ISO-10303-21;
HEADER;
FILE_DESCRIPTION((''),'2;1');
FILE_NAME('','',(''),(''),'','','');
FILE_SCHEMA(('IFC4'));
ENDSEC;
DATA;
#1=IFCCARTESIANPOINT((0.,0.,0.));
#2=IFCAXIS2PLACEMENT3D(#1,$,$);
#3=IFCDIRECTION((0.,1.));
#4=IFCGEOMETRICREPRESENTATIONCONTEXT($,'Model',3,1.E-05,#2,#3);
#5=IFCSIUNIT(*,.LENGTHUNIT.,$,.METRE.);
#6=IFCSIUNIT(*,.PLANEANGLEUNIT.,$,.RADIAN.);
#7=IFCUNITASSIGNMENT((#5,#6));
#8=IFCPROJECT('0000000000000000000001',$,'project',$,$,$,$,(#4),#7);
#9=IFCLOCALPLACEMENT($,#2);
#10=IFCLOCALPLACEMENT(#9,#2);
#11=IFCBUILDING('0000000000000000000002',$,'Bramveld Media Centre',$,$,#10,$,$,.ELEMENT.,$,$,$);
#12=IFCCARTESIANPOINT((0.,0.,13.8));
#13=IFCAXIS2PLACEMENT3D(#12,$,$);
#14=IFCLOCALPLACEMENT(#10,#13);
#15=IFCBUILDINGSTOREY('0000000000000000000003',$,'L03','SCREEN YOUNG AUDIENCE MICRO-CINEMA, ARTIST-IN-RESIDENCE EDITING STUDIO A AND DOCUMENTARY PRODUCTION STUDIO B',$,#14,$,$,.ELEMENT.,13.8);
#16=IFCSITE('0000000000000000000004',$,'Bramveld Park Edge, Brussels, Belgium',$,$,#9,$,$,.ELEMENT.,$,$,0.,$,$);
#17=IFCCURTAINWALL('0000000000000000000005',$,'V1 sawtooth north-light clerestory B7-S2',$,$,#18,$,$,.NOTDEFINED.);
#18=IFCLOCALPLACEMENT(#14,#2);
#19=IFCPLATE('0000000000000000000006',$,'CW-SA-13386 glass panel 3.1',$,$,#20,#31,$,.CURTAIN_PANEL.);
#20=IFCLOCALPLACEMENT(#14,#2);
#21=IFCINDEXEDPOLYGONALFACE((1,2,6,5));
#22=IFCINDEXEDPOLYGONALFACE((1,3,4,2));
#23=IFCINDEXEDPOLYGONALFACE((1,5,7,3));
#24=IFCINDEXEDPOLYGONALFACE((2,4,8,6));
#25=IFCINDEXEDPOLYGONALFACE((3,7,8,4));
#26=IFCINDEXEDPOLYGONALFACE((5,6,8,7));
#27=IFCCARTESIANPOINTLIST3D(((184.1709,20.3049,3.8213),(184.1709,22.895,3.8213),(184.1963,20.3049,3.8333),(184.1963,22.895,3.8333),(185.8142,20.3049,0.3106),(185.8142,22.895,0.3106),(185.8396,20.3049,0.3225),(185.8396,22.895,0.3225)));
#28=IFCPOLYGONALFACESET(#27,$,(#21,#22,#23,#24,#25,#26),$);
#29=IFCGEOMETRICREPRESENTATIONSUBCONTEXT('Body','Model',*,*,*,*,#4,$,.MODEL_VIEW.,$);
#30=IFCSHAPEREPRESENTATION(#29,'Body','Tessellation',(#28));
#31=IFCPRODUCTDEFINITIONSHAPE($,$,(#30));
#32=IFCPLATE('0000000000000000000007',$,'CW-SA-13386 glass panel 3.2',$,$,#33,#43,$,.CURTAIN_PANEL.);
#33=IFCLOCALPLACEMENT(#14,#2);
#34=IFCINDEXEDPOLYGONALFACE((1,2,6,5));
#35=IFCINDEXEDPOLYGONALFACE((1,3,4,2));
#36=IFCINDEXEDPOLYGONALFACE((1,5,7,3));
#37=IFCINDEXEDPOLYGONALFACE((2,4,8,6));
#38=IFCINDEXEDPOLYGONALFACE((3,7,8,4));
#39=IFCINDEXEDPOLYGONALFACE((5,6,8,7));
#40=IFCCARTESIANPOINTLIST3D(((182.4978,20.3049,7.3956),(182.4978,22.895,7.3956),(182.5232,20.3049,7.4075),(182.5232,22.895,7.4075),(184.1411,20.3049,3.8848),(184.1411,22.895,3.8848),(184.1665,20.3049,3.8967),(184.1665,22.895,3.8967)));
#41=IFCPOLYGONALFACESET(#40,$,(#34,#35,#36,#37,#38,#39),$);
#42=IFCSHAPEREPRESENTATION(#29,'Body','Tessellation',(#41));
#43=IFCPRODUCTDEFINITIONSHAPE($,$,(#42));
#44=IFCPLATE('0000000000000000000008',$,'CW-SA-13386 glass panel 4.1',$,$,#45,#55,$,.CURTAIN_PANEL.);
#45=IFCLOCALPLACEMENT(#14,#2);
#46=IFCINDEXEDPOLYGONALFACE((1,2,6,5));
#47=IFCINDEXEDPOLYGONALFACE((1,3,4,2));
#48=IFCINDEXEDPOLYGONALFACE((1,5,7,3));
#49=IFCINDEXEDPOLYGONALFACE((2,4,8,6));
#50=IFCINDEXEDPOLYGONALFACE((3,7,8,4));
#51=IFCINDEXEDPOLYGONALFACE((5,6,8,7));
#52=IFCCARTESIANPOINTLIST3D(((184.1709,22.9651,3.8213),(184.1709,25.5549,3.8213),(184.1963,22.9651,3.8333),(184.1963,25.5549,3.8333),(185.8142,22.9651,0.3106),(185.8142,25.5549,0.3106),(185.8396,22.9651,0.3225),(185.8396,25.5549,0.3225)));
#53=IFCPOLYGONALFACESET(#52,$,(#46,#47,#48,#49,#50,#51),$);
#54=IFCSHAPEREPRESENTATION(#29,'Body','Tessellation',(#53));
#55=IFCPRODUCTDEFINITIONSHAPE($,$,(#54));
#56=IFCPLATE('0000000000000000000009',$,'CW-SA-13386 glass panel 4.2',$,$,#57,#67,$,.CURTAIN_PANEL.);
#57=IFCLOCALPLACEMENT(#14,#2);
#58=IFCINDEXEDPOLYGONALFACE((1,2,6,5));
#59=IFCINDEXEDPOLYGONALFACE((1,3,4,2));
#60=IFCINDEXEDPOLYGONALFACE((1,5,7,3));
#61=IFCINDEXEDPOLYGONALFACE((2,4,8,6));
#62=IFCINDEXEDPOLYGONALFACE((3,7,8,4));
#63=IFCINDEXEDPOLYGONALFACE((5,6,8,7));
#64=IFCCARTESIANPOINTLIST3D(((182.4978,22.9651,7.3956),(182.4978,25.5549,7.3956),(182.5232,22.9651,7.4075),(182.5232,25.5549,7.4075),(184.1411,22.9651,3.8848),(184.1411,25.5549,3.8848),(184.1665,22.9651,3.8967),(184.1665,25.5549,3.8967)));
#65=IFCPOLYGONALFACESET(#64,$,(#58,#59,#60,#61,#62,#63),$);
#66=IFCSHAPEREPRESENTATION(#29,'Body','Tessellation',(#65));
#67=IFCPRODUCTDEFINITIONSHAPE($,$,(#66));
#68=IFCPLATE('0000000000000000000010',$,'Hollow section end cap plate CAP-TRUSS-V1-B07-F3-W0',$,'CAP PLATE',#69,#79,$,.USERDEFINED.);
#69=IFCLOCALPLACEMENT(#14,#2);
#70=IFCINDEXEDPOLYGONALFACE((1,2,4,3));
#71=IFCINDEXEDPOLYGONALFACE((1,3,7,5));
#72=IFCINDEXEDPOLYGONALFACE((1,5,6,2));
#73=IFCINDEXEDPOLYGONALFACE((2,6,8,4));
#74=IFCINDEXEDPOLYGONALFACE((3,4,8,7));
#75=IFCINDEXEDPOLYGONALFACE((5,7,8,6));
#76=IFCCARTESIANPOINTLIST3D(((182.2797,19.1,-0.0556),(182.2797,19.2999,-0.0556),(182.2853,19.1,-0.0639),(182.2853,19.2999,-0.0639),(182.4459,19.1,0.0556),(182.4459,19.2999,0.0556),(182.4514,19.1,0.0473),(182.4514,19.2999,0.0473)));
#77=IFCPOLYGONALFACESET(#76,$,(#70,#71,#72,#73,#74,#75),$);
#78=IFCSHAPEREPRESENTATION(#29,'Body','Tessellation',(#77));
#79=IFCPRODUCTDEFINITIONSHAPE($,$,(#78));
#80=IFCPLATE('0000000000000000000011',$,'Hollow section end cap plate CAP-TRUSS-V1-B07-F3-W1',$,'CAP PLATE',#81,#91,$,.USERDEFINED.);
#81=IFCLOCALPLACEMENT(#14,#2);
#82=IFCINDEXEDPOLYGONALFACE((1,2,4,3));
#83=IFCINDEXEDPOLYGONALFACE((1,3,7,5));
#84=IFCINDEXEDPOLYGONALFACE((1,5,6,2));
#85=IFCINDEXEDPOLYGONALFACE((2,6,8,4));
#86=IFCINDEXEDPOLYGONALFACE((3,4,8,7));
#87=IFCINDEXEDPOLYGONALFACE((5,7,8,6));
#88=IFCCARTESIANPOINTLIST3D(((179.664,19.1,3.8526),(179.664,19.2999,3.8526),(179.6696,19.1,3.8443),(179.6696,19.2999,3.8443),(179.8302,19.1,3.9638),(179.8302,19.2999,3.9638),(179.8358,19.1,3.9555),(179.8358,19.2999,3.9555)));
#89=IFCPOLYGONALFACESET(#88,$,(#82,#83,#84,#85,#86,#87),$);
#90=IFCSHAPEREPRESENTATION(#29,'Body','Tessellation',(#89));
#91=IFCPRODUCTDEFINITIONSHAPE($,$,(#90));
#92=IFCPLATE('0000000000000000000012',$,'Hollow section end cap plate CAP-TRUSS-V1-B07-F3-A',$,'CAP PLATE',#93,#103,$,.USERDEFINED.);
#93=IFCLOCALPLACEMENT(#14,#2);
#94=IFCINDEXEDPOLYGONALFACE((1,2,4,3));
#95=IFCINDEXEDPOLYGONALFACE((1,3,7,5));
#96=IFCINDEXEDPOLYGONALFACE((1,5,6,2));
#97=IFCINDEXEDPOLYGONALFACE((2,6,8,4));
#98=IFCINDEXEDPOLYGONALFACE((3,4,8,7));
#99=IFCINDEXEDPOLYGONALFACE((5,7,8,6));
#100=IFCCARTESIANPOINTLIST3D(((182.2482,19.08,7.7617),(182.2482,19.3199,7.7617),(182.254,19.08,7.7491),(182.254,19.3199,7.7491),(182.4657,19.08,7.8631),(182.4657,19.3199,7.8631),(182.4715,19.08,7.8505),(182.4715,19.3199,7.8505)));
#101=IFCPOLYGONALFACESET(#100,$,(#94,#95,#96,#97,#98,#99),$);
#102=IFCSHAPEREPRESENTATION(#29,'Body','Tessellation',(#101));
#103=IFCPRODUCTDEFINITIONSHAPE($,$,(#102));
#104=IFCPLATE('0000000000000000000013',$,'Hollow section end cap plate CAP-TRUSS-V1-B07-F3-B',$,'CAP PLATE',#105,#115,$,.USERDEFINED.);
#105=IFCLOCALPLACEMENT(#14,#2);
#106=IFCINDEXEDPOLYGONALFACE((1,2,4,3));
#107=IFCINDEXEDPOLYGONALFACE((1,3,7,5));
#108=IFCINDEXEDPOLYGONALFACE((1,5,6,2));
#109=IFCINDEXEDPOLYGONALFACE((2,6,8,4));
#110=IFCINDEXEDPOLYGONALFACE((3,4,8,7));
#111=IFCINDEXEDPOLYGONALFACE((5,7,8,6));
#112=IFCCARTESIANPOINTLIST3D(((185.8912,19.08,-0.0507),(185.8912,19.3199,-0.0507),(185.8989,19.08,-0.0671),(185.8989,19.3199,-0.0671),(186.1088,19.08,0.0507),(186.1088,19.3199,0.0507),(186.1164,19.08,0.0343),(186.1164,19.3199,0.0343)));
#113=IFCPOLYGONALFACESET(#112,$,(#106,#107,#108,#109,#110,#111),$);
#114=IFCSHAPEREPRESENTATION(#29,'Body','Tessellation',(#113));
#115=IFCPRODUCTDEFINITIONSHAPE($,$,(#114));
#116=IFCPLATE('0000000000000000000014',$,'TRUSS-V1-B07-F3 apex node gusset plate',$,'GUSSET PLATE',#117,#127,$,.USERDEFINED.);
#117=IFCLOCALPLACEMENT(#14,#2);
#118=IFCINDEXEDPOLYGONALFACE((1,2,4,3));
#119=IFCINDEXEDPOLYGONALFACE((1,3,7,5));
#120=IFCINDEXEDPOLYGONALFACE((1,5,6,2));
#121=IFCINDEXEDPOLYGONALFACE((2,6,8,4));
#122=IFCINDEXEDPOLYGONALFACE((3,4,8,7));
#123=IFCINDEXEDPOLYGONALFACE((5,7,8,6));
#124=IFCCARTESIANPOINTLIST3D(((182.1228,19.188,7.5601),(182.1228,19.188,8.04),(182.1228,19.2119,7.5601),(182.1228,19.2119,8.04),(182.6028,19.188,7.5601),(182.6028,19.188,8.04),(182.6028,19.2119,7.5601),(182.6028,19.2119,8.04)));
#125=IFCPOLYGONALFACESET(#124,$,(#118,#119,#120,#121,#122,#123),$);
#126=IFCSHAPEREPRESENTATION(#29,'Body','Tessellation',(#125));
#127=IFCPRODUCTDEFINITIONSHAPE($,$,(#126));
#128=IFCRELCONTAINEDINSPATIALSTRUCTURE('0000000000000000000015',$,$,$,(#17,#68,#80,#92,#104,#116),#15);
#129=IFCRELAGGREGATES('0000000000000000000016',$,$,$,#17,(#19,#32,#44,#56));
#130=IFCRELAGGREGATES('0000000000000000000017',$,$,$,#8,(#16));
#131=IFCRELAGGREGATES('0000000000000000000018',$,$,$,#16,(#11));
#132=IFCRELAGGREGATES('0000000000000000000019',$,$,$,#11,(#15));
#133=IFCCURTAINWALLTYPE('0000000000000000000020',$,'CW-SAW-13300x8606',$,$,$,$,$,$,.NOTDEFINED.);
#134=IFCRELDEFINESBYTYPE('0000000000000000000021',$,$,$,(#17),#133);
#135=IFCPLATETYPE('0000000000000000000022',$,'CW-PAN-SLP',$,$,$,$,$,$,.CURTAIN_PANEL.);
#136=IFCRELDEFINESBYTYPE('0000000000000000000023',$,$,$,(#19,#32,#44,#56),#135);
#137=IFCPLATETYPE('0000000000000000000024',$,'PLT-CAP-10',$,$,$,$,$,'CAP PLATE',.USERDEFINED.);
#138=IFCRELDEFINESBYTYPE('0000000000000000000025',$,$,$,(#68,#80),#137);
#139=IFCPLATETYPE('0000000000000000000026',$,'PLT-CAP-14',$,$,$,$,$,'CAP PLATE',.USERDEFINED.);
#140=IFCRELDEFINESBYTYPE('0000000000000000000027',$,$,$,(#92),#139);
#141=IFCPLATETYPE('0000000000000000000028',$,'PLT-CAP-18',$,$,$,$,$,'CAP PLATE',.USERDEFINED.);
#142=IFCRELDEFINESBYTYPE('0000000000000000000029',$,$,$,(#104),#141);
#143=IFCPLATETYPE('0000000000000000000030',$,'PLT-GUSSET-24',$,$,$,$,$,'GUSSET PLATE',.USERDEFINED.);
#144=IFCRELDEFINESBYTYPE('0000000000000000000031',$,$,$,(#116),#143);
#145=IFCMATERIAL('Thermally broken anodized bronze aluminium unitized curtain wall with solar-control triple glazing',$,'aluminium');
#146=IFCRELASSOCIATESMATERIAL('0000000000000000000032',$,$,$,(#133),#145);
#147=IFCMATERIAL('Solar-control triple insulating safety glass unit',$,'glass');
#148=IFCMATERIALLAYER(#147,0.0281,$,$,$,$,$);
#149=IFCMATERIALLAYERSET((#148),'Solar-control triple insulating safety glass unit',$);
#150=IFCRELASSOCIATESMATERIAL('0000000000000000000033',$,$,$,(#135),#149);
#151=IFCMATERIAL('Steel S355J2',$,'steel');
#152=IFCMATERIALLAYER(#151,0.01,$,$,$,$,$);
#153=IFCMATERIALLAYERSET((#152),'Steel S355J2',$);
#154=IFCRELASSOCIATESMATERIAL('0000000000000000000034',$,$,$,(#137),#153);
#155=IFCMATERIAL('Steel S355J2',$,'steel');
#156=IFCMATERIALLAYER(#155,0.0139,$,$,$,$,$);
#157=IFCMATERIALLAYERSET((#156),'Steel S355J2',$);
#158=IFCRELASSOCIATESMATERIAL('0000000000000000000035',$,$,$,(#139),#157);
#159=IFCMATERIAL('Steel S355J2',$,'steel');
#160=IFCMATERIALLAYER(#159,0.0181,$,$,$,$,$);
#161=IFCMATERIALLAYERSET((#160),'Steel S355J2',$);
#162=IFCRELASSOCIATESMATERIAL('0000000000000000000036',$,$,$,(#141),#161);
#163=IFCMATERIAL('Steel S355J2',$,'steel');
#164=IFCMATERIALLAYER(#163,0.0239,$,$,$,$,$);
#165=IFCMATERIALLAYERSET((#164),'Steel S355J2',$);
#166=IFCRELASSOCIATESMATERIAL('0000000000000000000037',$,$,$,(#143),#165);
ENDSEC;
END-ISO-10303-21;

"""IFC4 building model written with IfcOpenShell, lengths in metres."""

from ifc_helpers import new_model, si_unit, direction, frame, origin, origin_2d, place, context, subcontext, project, spatial, polyline, rectangle, outline, extrude, material, layer, layer_set, type_object, element, aggregate, save


model = new_model("IFC4")

# Units and contexts
model_context = context("Model", 3, precision=1e-05, world=origin(), true_north=direction((0.0, 1.0)))
body_context = subcontext(model_context, "Body", "Model", "MODEL_VIEW")
ifc_project = project(units=[si_unit("LENGTHUNIT", "METRE"), si_unit("PLANEANGLEUNIT", "RADIAN")], contexts=[model_context])

# Site, building, storey
site_placement = place(None, origin())
site = spatial("IfcSite", under=ifc_project, at=site_placement, Name="Bramveld Park Edge, Brussels, Belgium", CompositionType="ELEMENT", RefElevation=0.0)
building_placement = place(site_placement, origin())
building = spatial("IfcBuilding", under=site, at=building_placement, Name="Bramveld Media Centre", CompositionType="ELEMENT")
storey_placement = place(building_placement, frame((0.0, 0.0, 13.8)))
storey = spatial("IfcBuildingStorey", under=building, at=storey_placement, Name="L03", Description="SCREEN YOUNG AUDIENCE MICRO-CINEMA, ARTIST-IN-RESIDENCE EDITING STUDIO A AND DOCUMENTARY PRODUCTION STUDIO B", CompositionType="ELEMENT", Elevation=13.8)

# Curtain wall
ifc_material_1 = material(Name="Thermally broken anodized bronze aluminium unitized curtain wall with solar-control triple glazing", Category="aluminium")
curtain_wall_type = type_object("IfcCurtainWallType", Name="CW-SAW-13300x8606", PredefinedType="NOTDEFINED", material=ifc_material_1)
curtain_wall_placement = place(storey_placement, origin())
curtain_wall = element("IfcCurtainWall", 1, at=curtain_wall_placement, inside=storey, type_object=curtain_wall_type, Name="V1 sawtooth north-light clerestory B7-S2", PredefinedType="NOTDEFINED")

# Plates
ifc_material_2 = material(Name="Solar-control triple insulating safety glass unit", Category="glass")
ifc_layer_1 = layer(ifc_material_2, 0.0281)
ifc_layer_set_1 = layer_set([ifc_layer_1], Name="Solar-control triple insulating safety glass unit")
plate_type_1 = type_object("IfcPlateType", Name="CW-PAN-SLP", PredefinedType="CURTAIN_PANEL", material=ifc_layer_set_1)
plate_1_placement = place(storey_placement, frame((185.8396, 20.3049, 0.3225), z_axis=(0.905692, 0.0, 0.423937), x_axis=(0.0, 1.0, 0.0)))
plate_1 = element("IfcPlate", 2, at=plate_1_placement, type_object=plate_type_1, Name="CW-SA-13386 glass panel 3.1", PredefinedType="CURTAIN_PANEL", context=body_context, shape_type="SweptSolid", body=[
    extrude(outline(polyline([(0.0, 0.0), (2.5901, 0.0), (2.5901, 3.8763), (0.0, 3.8763), (0.0, 0.0)])), origin(), (0.0, 0.0, -1.0), 0.0281),
])
plate_2_placement = place(storey_placement, frame((184.1665, 20.3049, 3.8967), z_axis=(0.905692, 0.0, 0.423937), x_axis=(0.0, 1.0, 0.0)))
plate_2 = element("IfcPlate", 3, at=plate_2_placement, type_object=plate_type_1, Name="CW-SA-13386 glass panel 3.2", PredefinedType="CURTAIN_PANEL", context=body_context, shape_type="SweptSolid", body=[
    extrude(outline(polyline([(0.0, 0.0), (2.5901, 0.0), (2.5901, 3.8763), (0.0, 3.8763), (0.0, 0.0)])), origin(), (0.0, 0.0, -1.0), 0.0281),
])
plate_3_placement = place(storey_placement, frame((185.8396, 22.9651, 0.3225), z_axis=(0.905692, 0.0, 0.423937), x_axis=(0.0, 1.0, 0.0)))
plate_3 = element("IfcPlate", 4, at=plate_3_placement, type_object=plate_type_1, Name="CW-SA-13386 glass panel 4.1", PredefinedType="CURTAIN_PANEL", context=body_context, shape_type="SweptSolid", body=[
    extrude(outline(polyline([(0.0, 0.0), (2.5898, 0.0), (2.5898, 3.8763), (0.0, 3.8763), (0.0, 0.0)])), origin(), (0.0, 0.0, -1.0), 0.0281),
])
plate_4_placement = place(storey_placement, frame((184.1665, 22.9651, 3.8967), z_axis=(0.905692, 0.0, 0.423937), x_axis=(0.0, 1.0, 0.0)))
plate_4 = element("IfcPlate", 5, at=plate_4_placement, type_object=plate_type_1, Name="CW-SA-13386 glass panel 4.2", PredefinedType="CURTAIN_PANEL", context=body_context, shape_type="SweptSolid", body=[
    extrude(outline(polyline([(0.0, 0.0), (2.5898, 0.0), (2.5898, 3.8763), (0.0, 3.8763), (0.0, 0.0)])), origin(), (0.0, 0.0, -1.0), 0.0281),
])
aggregate(curtain_wall, [plate_1, plate_2, plate_3, plate_4])

# Plates
ifc_material_3 = material(Name="Steel S355J2", Category="steel")
ifc_layer_2 = layer(ifc_material_3, 0.01)
ifc_layer_set_2 = layer_set([ifc_layer_2], Name="Steel S355J2")
plate_type_2 = type_object("IfcPlateType", Name="PLT-CAP-10", ElementType="CAP PLATE", PredefinedType="USERDEFINED", material=ifc_layer_set_2)
for number, where, z_axis, x_axis, name in (
    (6, (182.3628, 19.2, 0.0), (0.556175, 0.0, -0.831065), (0.0, 1.0, 0.0), "Hollow section end cap plate CAP-TRUSS-V1-B07-F3-W0"),
    (7, (179.7527, 19.2, 3.8999), (-0.556175, 0.0, 0.831065), (0.0, -1.0, 0.0), "Hollow section end cap plate CAP-TRUSS-V1-B07-F3-W1"),
):
    element("IfcPlate", number, at=place(storey_placement, frame(where, z_axis=z_axis, x_axis=x_axis)), inside=storey, type_object=plate_type_2, Name=name, ObjectType="CAP PLATE", PredefinedType="USERDEFINED", context=body_context, shape_type="SweptSolid", body=[
        extrude(rectangle(XDim=0.2, YDim=0.2, at=origin_2d()), origin(), (0.0, 0.0, 1.0), 0.01),
    ])
ifc_material_4 = material(Name="Steel S355J2", Category="steel")
ifc_layer_3 = layer(ifc_material_4, 0.0139)
ifc_layer_set_3 = layer_set([ifc_layer_3], Name="Steel S355J2")
plate_type_3 = type_object("IfcPlateType", Name="PLT-CAP-14", ElementType="CAP PLATE", PredefinedType="USERDEFINED", material=ifc_layer_set_3)
plate_5_placement = place(storey_placement, frame((182.3628, 19.2, 7.7998), z_axis=(-0.422618, 0.0, 0.906308), x_axis=(0.0, -1.0, 0.0)))
element("IfcPlate", 8, at=plate_5_placement, inside=storey, type_object=plate_type_3, Name="Hollow section end cap plate CAP-TRUSS-V1-B07-F3-A", ObjectType="CAP PLATE", PredefinedType="USERDEFINED", context=body_context, shape_type="SweptSolid", body=[
    extrude(rectangle(XDim=0.24, YDim=0.24, at=origin_2d()), origin(), (0.0, 0.0, 1.0), 0.0139),
])
ifc_material_5 = material(Name="Steel S355J2", Category="steel")
ifc_layer_4 = layer(ifc_material_5, 0.0181)
ifc_layer_set_4 = layer_set([ifc_layer_4], Name="Steel S355J2")
plate_type_4 = type_object("IfcPlateType", Name="PLT-CAP-18", ElementType="CAP PLATE", PredefinedType="USERDEFINED", material=ifc_layer_set_4)
plate_6_placement = place(storey_placement, frame((186.0, 19.2, 0.0), z_axis=(0.422618, 0.0, -0.906308), x_axis=(0.0, 1.0, 0.0)))
element("IfcPlate", 9, at=plate_6_placement, inside=storey, type_object=plate_type_4, Name="Hollow section end cap plate CAP-TRUSS-V1-B07-F3-B", ObjectType="CAP PLATE", PredefinedType="USERDEFINED", context=body_context, shape_type="SweptSolid", body=[
    extrude(rectangle(XDim=0.24, YDim=0.24, at=origin_2d()), origin(), (0.0, 0.0, 1.0), 0.0181),
])
ifc_material_6 = material(Name="Steel S355J2", Category="steel")
ifc_layer_5 = layer(ifc_material_6, 0.0239)
ifc_layer_set_5 = layer_set([ifc_layer_5], Name="Steel S355J2")
plate_type_5 = type_object("IfcPlateType", Name="PLT-GUSSET-24", ElementType="GUSSET PLATE", PredefinedType="USERDEFINED", material=ifc_layer_set_5)
plate_7_placement = place(storey_placement, frame((182.3628, 19.2, 7.5601), z_axis=(0.0, 0.0, 1.0), x_axis=(1.0, 0.0, 0.0)))
element("IfcPlate", 10, at=plate_7_placement, inside=storey, type_object=plate_type_5, Name="TRUSS-V1-B07-F3 apex node gusset plate", ObjectType="GUSSET PLATE", PredefinedType="USERDEFINED", context=body_context, shape_type="SweptSolid", body=[
    extrude(rectangle(XDim=0.48, YDim=0.0239, at=origin_2d()), origin(), (0.0, 0.0, 1.0), 0.48),
])

save(model, "model.ifc")
